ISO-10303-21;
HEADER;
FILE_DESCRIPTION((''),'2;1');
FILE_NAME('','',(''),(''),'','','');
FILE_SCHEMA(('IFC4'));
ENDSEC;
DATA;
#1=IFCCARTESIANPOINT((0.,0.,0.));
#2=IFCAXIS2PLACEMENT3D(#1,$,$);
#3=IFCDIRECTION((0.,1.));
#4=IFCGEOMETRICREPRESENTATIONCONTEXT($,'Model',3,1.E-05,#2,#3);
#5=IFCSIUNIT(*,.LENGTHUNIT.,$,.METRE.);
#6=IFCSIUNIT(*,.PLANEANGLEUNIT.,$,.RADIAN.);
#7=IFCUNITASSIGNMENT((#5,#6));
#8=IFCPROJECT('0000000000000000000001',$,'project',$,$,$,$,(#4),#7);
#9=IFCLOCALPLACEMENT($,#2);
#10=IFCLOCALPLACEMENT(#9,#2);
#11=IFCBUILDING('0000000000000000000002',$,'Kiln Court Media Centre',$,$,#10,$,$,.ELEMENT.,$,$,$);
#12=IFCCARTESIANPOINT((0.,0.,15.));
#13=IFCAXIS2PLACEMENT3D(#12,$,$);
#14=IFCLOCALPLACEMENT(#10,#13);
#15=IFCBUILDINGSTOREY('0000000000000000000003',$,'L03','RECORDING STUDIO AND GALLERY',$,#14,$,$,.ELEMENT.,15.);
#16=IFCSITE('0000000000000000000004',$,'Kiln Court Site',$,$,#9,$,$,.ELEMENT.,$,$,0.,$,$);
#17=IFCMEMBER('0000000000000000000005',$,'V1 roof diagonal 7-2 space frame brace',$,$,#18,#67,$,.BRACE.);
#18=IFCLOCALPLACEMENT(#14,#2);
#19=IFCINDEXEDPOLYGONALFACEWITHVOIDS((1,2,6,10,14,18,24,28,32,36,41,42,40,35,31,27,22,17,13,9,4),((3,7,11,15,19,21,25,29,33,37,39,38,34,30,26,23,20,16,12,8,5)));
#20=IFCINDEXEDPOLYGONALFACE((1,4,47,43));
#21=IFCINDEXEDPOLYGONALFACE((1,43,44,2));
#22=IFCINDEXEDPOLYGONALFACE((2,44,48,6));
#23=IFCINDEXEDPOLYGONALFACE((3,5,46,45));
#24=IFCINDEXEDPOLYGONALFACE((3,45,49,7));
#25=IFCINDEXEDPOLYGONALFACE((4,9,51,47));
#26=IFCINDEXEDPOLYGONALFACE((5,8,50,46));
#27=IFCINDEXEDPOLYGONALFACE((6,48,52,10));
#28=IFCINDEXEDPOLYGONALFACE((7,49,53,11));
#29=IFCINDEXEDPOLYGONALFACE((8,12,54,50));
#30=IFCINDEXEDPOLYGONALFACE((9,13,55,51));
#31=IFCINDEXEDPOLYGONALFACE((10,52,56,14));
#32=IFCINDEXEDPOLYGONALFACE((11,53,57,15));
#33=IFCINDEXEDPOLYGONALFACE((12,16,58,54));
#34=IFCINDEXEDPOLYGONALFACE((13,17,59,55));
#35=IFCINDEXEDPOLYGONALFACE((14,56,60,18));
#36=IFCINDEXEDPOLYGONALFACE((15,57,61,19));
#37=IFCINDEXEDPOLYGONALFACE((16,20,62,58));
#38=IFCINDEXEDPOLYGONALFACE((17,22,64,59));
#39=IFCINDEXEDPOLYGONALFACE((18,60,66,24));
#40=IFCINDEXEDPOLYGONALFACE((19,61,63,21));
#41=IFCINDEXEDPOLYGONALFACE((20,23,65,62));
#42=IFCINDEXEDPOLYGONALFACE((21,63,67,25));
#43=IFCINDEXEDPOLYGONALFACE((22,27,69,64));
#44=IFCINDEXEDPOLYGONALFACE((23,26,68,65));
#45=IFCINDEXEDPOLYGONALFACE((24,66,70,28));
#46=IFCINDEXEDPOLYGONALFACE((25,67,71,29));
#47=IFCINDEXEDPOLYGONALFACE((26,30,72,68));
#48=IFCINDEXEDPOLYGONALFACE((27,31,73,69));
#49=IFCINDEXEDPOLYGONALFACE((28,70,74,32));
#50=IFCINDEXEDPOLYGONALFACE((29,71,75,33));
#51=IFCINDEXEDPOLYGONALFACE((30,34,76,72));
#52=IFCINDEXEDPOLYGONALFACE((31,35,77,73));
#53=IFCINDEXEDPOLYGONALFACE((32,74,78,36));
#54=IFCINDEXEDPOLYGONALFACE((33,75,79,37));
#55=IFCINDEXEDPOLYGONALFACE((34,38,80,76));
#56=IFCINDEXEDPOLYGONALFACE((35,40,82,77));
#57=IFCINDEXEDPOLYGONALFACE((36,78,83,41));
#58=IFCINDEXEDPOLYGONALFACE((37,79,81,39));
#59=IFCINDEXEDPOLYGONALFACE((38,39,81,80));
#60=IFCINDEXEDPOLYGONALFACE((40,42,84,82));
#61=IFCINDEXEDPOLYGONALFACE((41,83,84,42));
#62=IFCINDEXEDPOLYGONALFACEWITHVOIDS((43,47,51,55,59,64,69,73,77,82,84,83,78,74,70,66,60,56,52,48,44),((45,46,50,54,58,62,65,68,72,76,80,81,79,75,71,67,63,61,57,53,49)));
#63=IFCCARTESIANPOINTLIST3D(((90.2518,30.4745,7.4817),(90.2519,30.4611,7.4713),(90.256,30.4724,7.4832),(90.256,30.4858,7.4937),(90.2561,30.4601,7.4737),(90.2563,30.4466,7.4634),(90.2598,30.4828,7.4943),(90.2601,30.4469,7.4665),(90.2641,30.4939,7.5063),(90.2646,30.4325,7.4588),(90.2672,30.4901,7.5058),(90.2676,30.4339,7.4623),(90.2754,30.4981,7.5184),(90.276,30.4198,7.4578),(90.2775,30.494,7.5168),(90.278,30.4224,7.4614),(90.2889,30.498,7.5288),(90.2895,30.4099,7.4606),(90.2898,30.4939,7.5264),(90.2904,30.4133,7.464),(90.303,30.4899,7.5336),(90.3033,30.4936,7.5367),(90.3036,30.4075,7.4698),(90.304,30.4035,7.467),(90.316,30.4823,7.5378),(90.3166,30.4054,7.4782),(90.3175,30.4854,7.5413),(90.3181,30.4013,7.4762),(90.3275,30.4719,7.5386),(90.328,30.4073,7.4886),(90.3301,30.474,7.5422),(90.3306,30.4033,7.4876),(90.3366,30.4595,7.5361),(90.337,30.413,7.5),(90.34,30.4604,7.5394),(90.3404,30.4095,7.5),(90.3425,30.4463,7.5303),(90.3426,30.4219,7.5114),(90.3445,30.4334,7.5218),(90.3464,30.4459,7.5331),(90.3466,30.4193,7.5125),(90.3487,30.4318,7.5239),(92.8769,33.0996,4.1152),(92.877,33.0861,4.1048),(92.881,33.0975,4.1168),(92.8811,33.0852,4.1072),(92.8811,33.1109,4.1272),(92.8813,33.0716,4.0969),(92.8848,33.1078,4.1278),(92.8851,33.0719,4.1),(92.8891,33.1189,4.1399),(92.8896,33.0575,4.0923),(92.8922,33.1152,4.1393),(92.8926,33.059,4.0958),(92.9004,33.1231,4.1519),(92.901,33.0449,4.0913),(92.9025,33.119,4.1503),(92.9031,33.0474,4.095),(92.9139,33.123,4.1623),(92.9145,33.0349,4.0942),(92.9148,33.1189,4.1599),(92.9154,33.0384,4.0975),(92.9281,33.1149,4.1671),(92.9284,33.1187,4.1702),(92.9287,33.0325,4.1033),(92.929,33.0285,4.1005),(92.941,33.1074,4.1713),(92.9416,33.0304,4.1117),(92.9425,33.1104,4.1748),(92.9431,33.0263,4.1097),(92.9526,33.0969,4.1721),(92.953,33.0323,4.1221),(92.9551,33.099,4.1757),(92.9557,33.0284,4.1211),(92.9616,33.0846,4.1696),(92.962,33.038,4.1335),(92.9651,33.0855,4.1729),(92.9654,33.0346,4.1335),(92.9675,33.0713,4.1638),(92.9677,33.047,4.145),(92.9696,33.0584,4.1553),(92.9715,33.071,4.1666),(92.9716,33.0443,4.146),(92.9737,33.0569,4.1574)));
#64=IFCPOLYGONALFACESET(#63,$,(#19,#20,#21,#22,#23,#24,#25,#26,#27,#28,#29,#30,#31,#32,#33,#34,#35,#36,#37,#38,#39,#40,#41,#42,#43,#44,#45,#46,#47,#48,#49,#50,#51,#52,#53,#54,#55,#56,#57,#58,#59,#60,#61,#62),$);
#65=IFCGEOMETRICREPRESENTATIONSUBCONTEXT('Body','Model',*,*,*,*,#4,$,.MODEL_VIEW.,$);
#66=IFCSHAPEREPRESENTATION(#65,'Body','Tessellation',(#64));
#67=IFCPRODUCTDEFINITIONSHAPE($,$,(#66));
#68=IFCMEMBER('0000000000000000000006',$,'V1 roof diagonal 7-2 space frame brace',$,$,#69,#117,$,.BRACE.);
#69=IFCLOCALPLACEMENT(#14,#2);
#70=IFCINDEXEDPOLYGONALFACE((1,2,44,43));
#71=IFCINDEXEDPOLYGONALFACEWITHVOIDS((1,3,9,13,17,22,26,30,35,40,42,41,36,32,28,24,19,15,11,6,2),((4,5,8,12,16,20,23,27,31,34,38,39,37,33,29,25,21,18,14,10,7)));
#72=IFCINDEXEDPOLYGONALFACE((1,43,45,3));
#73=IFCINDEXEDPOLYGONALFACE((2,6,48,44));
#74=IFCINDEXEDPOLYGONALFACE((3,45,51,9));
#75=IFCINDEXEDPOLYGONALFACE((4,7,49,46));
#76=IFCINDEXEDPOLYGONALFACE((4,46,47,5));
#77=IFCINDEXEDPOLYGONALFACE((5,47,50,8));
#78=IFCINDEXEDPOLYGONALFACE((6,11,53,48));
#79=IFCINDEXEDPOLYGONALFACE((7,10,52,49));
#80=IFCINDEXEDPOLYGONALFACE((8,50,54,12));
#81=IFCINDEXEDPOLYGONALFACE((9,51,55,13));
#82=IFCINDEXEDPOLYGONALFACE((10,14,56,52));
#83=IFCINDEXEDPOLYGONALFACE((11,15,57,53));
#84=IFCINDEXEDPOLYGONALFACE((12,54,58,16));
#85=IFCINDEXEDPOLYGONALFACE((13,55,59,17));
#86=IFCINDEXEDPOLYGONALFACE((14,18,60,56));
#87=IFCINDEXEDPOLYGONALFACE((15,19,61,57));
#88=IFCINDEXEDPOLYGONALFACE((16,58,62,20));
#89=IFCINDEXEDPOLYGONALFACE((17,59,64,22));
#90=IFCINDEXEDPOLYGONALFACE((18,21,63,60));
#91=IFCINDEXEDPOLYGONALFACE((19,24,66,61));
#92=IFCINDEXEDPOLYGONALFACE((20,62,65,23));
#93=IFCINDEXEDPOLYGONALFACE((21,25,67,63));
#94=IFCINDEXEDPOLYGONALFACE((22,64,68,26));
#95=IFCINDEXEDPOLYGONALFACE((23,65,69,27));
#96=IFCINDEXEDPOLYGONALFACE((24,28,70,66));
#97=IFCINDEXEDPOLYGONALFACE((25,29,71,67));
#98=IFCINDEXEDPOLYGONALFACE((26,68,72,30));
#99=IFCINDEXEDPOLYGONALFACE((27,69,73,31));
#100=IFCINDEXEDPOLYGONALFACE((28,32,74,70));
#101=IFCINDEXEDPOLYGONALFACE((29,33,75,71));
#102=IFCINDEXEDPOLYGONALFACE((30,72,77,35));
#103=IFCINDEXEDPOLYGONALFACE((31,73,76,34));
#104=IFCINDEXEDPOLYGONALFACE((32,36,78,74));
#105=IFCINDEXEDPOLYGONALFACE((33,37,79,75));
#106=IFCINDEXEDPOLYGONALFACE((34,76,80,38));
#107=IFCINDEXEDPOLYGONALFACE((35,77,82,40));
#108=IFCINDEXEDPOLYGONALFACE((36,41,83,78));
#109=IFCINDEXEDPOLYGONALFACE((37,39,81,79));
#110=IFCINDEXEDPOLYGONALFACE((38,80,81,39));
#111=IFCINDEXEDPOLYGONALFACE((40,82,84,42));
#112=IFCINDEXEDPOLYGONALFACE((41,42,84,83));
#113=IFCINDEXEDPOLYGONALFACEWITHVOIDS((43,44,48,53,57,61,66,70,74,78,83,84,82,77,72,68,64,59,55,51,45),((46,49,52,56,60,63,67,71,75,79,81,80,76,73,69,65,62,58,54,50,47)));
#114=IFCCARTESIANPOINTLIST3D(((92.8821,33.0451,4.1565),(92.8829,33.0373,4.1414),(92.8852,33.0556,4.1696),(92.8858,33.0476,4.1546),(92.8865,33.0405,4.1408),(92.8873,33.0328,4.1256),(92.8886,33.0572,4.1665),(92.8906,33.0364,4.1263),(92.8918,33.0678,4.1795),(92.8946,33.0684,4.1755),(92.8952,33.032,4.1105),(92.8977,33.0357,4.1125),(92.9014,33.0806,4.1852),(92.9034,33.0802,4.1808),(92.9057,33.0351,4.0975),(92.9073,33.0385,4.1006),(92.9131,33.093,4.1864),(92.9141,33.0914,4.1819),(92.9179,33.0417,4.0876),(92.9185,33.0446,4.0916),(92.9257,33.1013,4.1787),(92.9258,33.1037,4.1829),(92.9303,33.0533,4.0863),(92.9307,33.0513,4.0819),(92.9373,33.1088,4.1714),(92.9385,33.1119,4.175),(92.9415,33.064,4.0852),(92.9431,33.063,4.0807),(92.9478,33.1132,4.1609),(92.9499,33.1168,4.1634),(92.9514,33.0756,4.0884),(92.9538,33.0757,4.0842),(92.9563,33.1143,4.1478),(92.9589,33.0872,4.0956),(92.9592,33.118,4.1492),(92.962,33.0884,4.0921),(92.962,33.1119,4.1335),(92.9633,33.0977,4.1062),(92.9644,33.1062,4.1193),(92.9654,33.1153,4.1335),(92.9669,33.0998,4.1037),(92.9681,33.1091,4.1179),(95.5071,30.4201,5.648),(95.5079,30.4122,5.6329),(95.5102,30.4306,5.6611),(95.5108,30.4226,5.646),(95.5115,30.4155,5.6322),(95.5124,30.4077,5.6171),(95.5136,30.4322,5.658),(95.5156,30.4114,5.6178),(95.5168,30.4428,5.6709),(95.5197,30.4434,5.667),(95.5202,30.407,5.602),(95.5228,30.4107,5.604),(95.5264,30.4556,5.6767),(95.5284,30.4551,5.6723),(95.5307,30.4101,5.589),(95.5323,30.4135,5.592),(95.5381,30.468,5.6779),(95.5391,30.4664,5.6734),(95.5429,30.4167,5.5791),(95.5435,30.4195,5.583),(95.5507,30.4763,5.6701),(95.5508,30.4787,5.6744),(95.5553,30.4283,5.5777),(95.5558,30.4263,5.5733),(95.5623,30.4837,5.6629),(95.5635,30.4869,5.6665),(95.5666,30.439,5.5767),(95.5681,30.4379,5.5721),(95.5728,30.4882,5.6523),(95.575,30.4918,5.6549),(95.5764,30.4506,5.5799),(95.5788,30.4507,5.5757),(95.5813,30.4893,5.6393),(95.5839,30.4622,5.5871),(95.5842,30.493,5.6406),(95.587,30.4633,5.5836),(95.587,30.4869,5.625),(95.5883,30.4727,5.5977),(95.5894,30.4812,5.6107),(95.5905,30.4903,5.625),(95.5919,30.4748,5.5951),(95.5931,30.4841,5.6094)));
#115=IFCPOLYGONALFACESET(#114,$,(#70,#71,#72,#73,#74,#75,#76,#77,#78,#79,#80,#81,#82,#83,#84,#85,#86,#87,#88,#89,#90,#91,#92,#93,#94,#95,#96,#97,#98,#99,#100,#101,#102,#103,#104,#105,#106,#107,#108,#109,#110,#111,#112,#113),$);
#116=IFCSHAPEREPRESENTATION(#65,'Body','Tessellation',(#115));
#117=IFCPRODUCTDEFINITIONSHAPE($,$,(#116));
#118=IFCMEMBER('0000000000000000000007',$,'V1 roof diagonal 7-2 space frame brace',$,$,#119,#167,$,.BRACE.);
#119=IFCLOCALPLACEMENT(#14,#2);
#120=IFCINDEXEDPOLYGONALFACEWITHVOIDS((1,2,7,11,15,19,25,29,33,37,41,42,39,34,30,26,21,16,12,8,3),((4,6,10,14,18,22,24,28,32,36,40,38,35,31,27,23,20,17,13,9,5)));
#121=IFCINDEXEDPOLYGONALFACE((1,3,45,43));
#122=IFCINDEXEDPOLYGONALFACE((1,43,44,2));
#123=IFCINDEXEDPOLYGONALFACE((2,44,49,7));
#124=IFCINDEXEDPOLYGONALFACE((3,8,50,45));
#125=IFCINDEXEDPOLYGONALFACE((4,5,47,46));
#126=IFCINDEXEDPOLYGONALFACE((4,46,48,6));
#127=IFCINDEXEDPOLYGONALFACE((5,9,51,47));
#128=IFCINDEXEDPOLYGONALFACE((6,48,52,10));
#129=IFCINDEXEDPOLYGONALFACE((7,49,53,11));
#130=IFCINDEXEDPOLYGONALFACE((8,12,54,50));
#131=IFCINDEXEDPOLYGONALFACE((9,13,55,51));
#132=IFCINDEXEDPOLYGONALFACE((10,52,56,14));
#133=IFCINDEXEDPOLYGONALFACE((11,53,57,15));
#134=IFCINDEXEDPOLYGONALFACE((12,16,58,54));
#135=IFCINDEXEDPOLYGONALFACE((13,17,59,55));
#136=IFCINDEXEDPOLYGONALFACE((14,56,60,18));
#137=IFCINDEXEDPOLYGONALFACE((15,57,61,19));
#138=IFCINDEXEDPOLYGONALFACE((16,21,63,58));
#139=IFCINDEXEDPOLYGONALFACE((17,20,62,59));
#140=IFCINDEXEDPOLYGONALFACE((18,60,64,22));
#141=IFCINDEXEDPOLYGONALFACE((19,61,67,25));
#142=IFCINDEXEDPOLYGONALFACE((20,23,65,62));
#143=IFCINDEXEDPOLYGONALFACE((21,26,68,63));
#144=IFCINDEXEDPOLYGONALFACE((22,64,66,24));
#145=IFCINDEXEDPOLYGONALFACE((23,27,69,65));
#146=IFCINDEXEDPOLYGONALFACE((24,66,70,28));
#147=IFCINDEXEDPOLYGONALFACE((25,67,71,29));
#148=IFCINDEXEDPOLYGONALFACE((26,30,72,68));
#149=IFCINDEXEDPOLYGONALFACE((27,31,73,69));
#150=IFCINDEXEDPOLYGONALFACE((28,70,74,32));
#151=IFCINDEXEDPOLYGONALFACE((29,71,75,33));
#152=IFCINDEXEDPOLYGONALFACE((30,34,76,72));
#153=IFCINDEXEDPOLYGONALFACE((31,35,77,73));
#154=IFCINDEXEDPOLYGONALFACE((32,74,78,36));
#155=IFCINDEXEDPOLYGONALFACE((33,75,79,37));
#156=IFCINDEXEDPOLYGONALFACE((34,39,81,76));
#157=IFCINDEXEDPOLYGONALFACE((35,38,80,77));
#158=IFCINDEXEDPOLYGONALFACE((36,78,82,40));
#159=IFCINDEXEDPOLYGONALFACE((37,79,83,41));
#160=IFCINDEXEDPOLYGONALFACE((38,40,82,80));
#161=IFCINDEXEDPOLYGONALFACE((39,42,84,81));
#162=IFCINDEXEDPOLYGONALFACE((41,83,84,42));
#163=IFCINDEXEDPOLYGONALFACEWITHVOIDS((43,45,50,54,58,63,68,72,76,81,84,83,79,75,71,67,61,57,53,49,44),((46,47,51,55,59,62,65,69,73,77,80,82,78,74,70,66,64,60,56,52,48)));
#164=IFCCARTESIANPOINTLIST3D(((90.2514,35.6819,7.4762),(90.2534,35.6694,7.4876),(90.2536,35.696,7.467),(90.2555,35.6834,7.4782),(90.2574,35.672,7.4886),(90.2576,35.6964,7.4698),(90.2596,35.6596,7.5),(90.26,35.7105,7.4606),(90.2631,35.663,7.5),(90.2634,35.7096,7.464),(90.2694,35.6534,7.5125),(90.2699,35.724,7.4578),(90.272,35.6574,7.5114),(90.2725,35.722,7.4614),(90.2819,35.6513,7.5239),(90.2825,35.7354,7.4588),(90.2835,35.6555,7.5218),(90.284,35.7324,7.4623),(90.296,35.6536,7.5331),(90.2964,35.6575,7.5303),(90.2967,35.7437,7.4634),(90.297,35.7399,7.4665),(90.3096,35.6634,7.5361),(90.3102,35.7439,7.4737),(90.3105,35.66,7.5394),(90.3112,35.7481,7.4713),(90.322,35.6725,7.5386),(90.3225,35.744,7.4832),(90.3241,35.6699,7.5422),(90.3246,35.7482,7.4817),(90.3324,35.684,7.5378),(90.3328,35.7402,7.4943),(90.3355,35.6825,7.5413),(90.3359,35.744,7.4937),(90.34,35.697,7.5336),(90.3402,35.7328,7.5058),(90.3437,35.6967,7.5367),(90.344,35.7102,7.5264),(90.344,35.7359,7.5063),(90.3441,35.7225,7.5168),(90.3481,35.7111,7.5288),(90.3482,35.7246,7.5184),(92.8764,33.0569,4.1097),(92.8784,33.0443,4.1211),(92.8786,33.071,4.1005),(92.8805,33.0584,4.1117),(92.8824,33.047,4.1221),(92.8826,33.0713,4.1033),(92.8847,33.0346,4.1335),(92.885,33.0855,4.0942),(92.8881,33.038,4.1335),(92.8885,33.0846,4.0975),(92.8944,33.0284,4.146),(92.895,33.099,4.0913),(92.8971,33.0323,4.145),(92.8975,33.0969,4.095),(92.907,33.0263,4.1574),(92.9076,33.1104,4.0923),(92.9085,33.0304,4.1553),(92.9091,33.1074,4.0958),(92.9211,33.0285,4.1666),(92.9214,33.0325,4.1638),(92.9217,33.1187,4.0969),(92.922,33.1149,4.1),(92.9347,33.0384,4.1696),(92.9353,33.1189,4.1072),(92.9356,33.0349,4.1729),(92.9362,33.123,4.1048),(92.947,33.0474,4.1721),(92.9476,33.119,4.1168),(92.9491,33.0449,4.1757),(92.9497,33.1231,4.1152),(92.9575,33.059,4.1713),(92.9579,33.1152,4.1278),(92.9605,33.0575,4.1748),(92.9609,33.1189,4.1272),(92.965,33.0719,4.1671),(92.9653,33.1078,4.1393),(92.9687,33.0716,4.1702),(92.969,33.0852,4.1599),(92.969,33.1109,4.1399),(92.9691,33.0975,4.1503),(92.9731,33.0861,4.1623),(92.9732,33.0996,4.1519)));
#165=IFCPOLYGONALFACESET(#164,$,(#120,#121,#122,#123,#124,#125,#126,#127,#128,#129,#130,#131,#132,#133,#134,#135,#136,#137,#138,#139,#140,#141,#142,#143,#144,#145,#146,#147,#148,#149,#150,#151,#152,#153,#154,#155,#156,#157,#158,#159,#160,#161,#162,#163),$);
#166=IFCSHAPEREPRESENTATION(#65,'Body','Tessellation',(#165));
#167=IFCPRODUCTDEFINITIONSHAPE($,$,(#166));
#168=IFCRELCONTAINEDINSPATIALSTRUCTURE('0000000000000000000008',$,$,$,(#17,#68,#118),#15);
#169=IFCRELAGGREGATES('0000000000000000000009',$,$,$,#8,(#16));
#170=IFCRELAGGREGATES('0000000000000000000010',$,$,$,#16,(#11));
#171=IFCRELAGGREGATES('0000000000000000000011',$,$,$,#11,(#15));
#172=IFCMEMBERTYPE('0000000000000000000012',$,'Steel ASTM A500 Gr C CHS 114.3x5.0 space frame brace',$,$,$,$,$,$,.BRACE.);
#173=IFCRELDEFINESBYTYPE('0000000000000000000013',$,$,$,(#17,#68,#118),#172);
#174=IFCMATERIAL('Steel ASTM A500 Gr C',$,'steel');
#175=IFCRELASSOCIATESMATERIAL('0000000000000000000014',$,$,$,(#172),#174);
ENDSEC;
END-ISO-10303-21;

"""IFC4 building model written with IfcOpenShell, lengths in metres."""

from ifc_helpers import new_model, si_unit, direction, frame, origin, origin_2d, place, context, subcontext, project, spatial, hollow_circle, extrude, material, material_profile, profile_set, type_object, element, save


model = new_model("IFC4")

# Units and contexts
model_context = context("Model", 3, precision=1e-05, world=origin(), true_north=direction((0.0, 1.0)))
body_context = subcontext(model_context, "Body", "Model", "MODEL_VIEW")
ifc_project = project(units=[si_unit("LENGTHUNIT", "METRE"), si_unit("PLANEANGLEUNIT", "RADIAN")], contexts=[model_context])

# Site, building, storey
site_placement = place(None, origin())
site = spatial("IfcSite", under=ifc_project, at=site_placement, Name="Kiln Court Site", CompositionType="ELEMENT", RefElevation=0.0)
building_placement = place(site_placement, origin())
building = spatial("IfcBuilding", under=site, at=building_placement, Name="Kiln Court Media Centre", CompositionType="ELEMENT")
storey_placement = place(building_placement, frame((0.0, 0.0, 15.0)))
storey = spatial("IfcBuildingStorey", under=building, at=storey_placement, Name="L03", Description="RECORDING STUDIO AND GALLERY", CompositionType="ELEMENT", Elevation=15.0)

# Members
ifc_material_1 = material(Name="Steel ASTM A500 Gr C", Category="steel")
ifc_material_profile_1 = material_profile(ifc_material_1, hollow_circle(Radius=0.0571, WallThickness=0.0049, at=origin_2d()), Name="CHS 114.3x5.0")
ifc_profile_set_1 = profile_set([ifc_material_profile_1], Name="Steel ASTM A500 Gr C")
member_type_1 = type_object("IfcMemberType", Name="Steel ASTM A500 Gr C CHS 114.3x5.0 space frame brace", PredefinedType="BRACE", material=ifc_profile_set_1)
member_1_placement = place(storey_placement, frame((92.925, 33.075, 4.1335), z_axis=(-0.523804, -0.523804, 0.671758), x_axis=(0.707107, -0.707107, 0.0)))
element("IfcMember", 1, at=member_1_placement, inside=storey, type_object=member_type_1, Name="V1 roof diagonal 7-2 space frame brace", PredefinedType="BRACE", context=body_context, shape_type="SweptSolid", body=[
    extrude(hollow_circle(Radius=0.0571, WallThickness=0.0049, at=origin_2d()), origin(), (0.0, 0.0, 1.0), 5.0115),
])
member_2_placement = place(storey_placement, frame((92.925, 33.075, 4.1335), z_axis=(0.656133, -0.656133, 0.372798), x_axis=(0.707107, 0.707107, 0.0)))
element("IfcMember", 2, at=member_2_placement, inside=storey, type_object=member_type_1, Name="V1 roof diagonal 7-2 space frame brace", PredefinedType="BRACE", context=body_context, shape_type="SweptSolid", body=[
    extrude(hollow_circle(Radius=0.0571, WallThickness=0.0049, at=origin_2d()), origin(), (0.0, 0.0, 1.0), 4.0007),
])
member_3_placement = place(storey_placement, frame((92.925, 33.075, 4.1335), z_axis=(-0.523804, 0.523804, 0.671758), x_axis=(-0.707107, -0.707107, 0.0)))
element("IfcMember", 3, at=member_3_placement, inside=storey, type_object=member_type_1, Name="V1 roof diagonal 7-2 space frame brace", PredefinedType="BRACE", context=body_context, shape_type="SweptSolid", body=[
    extrude(hollow_circle(Radius=0.0571, WallThickness=0.0049, at=origin_2d()), origin(), (0.0, 0.0, 1.0), 5.0115),
])

save(model, "model.ifc")
